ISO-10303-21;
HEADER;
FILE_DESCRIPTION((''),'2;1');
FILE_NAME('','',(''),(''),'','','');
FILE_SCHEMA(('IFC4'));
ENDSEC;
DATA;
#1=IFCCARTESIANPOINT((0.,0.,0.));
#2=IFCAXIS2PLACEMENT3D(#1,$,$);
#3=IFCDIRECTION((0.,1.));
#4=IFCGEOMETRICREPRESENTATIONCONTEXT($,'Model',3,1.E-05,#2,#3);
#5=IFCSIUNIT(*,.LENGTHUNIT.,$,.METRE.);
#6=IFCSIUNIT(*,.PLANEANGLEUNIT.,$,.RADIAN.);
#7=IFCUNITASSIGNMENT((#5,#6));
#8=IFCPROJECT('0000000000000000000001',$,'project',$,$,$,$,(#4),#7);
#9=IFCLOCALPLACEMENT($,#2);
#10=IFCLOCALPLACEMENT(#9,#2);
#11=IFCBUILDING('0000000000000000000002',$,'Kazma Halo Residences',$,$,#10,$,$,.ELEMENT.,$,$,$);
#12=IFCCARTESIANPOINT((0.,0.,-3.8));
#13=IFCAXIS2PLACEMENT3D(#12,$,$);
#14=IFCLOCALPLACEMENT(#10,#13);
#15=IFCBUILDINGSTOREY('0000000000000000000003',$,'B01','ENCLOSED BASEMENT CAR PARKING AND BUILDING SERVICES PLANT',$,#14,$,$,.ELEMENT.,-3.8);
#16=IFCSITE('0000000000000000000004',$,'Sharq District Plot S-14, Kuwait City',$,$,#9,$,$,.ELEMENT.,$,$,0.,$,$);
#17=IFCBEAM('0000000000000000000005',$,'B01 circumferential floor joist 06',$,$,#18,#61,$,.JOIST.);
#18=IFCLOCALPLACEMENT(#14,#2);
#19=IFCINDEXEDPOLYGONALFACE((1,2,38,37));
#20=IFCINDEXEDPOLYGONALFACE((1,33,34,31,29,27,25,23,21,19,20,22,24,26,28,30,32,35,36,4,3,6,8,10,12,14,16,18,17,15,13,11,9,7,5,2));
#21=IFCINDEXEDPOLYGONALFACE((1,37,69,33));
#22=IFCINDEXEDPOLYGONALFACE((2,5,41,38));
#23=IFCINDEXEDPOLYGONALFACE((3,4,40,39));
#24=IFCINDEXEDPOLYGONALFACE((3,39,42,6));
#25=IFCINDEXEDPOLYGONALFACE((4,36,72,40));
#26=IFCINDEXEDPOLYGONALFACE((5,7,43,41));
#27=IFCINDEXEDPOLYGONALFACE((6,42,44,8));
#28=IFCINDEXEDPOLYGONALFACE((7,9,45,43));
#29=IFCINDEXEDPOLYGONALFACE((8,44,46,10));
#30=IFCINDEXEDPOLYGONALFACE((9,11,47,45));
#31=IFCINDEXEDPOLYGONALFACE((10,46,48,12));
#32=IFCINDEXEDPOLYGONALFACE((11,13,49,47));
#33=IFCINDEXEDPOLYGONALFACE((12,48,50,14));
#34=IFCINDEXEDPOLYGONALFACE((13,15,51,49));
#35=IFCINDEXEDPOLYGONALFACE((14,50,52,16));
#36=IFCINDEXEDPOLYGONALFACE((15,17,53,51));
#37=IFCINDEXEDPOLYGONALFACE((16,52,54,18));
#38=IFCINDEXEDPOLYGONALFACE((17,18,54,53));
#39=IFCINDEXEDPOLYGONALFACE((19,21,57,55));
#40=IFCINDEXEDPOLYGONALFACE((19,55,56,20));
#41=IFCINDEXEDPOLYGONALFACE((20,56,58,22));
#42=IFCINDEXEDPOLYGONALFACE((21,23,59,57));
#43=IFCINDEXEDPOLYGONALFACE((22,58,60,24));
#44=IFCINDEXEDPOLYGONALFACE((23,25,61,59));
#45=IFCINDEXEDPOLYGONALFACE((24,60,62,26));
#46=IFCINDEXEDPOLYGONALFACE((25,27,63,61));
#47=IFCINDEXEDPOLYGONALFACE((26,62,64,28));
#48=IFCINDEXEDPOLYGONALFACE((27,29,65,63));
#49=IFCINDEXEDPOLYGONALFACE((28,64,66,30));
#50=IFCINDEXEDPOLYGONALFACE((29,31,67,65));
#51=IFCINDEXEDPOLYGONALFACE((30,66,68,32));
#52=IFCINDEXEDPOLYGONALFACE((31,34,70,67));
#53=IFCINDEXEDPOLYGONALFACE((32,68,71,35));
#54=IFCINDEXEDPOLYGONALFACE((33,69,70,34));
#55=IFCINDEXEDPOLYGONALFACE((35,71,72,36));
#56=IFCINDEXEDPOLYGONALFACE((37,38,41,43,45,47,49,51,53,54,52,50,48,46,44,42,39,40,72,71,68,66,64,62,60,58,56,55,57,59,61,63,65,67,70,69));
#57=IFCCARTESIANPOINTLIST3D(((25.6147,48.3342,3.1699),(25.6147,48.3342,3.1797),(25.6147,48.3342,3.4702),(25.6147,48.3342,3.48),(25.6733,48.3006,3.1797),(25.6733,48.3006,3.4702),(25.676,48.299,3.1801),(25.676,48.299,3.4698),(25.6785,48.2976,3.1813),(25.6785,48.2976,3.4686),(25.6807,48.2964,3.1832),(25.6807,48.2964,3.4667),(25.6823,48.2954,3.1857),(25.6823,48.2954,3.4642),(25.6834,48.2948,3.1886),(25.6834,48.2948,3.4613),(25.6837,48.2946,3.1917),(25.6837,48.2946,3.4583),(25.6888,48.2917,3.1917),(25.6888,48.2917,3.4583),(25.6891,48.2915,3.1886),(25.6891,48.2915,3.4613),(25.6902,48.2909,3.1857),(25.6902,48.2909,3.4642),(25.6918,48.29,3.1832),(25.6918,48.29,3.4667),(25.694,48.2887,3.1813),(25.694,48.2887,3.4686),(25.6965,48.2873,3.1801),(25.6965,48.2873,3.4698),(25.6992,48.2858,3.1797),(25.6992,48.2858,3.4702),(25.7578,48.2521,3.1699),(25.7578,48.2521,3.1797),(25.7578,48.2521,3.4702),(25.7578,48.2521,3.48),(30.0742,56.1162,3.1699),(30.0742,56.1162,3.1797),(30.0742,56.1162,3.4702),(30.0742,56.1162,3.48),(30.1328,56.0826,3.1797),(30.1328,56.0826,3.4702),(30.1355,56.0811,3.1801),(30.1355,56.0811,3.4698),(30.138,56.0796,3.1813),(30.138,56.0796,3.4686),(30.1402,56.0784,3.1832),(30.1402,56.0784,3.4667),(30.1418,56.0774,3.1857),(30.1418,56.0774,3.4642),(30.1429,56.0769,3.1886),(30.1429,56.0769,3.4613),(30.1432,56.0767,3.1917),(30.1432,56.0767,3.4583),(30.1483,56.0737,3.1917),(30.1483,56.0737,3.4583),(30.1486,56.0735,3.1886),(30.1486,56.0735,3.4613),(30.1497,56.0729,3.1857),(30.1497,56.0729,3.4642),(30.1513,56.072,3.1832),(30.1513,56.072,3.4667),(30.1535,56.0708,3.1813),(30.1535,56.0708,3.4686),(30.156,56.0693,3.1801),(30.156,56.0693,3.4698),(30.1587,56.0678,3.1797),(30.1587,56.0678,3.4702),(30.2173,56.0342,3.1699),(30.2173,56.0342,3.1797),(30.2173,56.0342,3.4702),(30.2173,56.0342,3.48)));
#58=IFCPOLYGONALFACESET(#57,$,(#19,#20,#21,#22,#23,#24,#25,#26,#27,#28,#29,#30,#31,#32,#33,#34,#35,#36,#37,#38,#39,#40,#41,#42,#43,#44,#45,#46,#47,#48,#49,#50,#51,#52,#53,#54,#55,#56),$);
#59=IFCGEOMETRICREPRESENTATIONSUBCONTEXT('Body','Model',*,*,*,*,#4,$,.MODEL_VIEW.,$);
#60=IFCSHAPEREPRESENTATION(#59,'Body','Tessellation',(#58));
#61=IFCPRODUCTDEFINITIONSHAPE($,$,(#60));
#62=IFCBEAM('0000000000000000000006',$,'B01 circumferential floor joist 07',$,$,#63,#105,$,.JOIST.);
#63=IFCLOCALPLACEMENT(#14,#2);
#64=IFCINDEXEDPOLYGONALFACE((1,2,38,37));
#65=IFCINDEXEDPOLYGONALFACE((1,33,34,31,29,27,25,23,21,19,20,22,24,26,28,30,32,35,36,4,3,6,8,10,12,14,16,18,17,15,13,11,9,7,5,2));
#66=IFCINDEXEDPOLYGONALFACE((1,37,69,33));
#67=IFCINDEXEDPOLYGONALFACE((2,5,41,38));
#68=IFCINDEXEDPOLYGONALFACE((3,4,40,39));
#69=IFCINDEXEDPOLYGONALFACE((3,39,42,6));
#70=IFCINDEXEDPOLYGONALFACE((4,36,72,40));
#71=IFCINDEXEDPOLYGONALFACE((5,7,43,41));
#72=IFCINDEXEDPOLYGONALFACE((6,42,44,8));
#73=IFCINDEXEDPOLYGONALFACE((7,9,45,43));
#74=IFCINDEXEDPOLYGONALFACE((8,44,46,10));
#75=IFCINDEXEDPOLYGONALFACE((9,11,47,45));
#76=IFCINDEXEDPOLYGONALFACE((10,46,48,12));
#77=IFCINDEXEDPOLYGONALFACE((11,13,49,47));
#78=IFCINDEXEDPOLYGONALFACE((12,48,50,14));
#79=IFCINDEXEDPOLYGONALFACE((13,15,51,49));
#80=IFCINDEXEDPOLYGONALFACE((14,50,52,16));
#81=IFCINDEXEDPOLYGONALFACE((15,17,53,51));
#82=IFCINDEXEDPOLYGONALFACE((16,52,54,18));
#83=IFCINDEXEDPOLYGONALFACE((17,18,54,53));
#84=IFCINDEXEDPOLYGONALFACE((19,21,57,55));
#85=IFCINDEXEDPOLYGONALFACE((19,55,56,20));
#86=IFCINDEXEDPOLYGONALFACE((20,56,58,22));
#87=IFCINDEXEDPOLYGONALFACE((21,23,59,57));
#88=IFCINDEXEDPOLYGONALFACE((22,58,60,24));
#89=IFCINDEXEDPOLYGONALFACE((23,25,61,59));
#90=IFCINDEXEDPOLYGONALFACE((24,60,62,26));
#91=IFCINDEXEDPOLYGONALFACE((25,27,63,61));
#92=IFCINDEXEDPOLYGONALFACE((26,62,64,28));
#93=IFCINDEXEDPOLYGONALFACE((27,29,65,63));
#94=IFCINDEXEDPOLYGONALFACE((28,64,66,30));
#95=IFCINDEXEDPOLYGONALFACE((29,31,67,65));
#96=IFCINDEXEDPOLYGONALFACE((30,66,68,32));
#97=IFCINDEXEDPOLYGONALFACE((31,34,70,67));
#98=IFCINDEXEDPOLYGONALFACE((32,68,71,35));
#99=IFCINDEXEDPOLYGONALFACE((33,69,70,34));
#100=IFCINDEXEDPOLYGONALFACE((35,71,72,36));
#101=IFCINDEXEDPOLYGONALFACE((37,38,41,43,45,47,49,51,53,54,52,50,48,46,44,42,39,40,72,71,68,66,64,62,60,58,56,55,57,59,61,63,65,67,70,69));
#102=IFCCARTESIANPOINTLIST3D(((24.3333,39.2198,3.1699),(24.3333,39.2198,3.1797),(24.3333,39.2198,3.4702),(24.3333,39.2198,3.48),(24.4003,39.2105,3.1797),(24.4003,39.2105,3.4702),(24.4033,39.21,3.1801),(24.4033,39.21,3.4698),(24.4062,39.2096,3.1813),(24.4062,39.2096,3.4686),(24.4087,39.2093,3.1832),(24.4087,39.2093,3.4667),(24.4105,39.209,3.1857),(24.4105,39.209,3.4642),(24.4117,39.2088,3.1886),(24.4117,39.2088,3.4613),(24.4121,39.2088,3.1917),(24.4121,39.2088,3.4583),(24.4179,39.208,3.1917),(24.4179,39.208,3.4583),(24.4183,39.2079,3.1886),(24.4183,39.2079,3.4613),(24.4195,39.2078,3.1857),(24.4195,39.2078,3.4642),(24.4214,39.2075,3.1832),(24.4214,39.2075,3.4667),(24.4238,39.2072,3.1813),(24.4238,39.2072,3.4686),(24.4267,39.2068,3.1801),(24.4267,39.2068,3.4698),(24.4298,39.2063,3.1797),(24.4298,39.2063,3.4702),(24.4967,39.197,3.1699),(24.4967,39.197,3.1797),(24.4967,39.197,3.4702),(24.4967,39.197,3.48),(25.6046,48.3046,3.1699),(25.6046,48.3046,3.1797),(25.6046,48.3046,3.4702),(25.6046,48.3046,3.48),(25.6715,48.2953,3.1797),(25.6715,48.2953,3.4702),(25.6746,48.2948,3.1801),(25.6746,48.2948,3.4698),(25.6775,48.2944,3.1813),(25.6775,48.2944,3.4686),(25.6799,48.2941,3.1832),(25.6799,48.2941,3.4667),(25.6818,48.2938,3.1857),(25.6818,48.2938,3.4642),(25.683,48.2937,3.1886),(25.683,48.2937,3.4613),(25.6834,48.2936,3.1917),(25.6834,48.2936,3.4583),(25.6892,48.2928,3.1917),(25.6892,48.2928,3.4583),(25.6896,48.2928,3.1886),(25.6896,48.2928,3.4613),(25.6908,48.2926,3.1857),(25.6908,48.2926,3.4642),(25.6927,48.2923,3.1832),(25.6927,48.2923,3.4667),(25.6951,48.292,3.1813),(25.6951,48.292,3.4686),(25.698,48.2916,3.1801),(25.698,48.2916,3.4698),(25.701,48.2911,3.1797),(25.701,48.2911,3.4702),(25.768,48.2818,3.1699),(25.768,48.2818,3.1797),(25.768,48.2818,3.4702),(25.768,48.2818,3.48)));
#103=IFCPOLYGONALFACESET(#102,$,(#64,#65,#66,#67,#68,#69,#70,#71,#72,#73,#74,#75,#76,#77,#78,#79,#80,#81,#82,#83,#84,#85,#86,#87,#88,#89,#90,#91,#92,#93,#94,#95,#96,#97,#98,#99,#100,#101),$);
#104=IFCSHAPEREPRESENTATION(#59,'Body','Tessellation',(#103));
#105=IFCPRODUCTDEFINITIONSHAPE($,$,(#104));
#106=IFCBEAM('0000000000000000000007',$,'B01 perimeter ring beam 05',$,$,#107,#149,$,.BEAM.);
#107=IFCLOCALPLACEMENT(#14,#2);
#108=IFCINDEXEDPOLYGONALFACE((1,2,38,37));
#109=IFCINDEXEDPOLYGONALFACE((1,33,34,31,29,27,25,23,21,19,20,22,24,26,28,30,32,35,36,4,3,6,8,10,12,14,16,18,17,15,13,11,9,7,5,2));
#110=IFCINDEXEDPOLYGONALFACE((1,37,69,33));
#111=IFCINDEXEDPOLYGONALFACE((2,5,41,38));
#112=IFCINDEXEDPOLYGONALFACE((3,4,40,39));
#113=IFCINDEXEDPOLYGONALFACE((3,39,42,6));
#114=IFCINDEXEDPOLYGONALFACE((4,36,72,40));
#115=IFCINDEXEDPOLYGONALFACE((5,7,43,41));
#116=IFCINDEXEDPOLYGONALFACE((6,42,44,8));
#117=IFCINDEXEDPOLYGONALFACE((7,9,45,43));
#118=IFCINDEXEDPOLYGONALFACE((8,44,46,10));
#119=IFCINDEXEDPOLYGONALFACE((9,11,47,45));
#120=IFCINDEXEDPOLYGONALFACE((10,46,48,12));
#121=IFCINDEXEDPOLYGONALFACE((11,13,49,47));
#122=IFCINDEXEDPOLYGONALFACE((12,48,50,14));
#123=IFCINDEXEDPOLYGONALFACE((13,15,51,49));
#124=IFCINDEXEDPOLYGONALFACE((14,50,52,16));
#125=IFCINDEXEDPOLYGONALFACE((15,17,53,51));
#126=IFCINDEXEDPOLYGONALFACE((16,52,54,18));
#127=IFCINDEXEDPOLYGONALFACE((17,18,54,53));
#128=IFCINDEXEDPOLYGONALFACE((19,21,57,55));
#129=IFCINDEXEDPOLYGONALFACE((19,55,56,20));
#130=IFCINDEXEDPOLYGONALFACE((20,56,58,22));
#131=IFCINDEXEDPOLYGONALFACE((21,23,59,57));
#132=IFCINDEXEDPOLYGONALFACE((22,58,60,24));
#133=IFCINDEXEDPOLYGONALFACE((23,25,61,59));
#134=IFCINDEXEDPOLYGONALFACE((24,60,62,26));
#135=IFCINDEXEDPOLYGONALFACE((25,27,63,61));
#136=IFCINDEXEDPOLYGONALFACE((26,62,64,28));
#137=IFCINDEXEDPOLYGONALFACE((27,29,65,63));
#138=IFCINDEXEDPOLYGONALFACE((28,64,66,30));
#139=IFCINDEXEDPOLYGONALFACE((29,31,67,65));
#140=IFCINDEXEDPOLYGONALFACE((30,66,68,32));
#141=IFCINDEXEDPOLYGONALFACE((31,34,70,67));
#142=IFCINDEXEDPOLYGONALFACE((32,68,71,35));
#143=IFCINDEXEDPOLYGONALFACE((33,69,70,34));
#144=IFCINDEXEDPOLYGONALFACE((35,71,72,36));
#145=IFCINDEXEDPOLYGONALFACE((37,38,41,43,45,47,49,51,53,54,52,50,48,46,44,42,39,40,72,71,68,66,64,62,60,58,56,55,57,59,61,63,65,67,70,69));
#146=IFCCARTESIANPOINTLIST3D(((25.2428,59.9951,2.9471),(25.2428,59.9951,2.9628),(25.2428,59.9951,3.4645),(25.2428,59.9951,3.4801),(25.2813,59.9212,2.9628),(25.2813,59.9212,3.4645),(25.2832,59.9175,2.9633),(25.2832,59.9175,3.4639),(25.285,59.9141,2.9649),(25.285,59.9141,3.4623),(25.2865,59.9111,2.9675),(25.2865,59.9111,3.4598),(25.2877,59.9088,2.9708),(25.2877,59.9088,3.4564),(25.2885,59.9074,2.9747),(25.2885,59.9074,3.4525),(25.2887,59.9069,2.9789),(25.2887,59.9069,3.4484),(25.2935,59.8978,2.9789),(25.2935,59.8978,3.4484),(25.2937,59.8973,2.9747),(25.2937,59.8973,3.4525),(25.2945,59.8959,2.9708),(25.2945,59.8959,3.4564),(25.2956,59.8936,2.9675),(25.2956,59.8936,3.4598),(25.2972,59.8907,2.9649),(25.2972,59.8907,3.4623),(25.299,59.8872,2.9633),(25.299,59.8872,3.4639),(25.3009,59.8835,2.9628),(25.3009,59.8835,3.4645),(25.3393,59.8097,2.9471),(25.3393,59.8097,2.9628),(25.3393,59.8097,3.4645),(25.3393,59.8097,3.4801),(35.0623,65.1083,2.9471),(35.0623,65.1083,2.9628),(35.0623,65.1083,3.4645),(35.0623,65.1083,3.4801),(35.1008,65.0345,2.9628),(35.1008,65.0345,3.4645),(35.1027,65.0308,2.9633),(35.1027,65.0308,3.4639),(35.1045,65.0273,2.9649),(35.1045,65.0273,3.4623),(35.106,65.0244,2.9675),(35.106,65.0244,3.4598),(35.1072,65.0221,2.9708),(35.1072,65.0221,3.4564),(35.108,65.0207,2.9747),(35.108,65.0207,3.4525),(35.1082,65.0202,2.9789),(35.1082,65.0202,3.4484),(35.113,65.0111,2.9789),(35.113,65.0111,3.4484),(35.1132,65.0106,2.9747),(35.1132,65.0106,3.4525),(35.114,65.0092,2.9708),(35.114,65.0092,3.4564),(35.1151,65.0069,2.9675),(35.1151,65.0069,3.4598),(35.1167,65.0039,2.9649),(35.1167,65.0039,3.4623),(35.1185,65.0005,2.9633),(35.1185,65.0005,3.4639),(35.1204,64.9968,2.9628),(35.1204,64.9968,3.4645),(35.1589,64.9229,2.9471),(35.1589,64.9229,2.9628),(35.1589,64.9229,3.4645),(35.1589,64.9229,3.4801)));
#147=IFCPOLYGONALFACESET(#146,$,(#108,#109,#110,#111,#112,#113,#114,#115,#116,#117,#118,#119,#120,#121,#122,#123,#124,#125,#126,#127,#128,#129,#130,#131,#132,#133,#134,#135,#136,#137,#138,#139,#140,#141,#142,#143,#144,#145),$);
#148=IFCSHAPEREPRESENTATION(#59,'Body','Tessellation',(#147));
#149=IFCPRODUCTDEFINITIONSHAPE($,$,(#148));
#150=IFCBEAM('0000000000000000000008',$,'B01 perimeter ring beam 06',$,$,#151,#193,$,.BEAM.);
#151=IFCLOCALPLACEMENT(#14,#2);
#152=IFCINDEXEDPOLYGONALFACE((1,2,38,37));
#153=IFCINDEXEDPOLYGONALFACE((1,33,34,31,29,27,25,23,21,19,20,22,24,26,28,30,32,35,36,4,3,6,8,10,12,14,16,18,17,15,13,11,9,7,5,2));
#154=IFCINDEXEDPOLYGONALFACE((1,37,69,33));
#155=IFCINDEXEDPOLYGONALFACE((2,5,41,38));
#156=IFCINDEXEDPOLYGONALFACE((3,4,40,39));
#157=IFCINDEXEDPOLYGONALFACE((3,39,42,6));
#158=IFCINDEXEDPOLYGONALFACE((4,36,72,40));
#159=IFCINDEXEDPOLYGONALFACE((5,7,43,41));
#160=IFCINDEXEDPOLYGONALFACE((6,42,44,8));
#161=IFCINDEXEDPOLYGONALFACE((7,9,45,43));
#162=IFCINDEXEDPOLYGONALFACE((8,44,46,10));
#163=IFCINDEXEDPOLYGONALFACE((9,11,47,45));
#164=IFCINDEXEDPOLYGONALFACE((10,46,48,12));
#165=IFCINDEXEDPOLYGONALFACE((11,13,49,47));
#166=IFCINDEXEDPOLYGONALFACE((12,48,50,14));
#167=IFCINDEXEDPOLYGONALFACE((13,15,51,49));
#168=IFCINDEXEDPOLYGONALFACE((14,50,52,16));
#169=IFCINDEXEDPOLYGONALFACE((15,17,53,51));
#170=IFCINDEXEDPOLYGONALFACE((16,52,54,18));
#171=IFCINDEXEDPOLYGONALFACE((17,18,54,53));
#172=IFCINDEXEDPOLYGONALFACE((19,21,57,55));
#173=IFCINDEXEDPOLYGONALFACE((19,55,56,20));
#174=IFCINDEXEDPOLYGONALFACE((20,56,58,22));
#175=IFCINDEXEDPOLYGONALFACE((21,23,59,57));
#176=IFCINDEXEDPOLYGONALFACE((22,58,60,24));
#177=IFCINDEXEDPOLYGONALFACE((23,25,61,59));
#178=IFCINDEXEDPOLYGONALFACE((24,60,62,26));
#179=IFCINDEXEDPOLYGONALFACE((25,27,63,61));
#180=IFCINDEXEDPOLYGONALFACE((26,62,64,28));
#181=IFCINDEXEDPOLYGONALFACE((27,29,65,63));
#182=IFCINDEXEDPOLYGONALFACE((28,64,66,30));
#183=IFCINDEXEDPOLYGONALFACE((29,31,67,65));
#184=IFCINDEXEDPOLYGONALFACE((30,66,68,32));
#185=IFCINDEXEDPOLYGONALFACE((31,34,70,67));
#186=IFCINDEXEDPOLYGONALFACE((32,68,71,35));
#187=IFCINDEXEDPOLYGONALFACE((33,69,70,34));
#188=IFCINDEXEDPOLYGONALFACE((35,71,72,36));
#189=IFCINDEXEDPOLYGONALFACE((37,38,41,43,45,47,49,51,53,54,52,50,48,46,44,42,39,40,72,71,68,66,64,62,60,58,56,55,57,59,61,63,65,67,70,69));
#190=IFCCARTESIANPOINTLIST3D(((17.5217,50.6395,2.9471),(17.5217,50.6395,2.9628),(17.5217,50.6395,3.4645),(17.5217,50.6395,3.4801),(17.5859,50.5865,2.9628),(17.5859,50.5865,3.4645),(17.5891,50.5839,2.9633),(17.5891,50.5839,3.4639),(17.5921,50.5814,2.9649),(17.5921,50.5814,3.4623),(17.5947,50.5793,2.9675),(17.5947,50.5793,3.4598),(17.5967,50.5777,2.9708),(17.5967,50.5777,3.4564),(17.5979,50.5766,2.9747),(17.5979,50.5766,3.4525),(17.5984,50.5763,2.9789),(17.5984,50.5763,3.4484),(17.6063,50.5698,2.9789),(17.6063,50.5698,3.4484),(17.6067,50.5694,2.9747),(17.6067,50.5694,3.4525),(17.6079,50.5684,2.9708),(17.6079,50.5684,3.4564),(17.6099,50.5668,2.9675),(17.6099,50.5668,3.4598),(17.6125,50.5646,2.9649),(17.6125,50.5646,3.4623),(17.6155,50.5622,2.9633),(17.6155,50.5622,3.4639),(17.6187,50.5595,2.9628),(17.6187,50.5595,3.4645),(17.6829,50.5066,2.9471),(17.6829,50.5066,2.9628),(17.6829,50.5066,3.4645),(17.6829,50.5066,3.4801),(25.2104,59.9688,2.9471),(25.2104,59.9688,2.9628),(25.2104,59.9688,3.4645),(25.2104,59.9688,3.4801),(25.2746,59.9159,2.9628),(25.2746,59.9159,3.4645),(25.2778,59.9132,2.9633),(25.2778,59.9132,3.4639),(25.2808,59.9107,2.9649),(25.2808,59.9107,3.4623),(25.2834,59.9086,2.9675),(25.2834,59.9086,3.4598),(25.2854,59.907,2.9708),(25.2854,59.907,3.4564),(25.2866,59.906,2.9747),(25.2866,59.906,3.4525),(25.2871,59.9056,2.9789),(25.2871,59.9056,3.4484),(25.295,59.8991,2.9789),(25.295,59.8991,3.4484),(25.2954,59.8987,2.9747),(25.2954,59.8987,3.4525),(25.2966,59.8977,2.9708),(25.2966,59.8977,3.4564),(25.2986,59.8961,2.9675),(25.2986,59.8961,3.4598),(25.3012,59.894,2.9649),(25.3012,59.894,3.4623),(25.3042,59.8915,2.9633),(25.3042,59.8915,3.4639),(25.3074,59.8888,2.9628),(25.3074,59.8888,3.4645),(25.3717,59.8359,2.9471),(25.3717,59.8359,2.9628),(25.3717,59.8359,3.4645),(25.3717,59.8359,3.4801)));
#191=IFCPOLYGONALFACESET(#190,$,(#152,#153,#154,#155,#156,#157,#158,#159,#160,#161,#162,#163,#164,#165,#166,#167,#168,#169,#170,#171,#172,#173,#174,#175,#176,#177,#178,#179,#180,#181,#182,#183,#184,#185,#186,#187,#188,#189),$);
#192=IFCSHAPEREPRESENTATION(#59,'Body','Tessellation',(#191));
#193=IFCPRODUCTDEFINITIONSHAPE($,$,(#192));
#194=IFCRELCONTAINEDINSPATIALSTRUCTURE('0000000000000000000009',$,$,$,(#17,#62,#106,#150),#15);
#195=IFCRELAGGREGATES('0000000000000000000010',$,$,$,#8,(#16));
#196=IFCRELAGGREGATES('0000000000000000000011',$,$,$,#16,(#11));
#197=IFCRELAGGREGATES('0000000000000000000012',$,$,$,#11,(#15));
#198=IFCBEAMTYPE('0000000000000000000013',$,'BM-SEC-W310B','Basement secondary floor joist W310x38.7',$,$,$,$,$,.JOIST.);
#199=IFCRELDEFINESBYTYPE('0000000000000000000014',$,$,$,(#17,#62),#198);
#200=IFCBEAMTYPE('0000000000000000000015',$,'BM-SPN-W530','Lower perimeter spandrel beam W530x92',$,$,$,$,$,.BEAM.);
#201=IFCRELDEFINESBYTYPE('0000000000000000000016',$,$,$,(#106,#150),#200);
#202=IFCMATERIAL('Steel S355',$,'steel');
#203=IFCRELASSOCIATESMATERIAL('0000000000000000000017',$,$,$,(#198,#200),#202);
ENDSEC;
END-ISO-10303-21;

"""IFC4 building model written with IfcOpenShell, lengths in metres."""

from ifc_helpers import new_model, si_unit, direction, frame, origin, origin_2d, place, context, subcontext, project, spatial, i_section, extrude, material, material_profile, profile_set, type_object, element, save


model = new_model("IFC4")

# Units and contexts
model_context = context("Model", 3, precision=1e-05, world=origin(), true_north=direction((0.0, 1.0)))
body_context = subcontext(model_context, "Body", "Model", "MODEL_VIEW")
ifc_project = project(units=[si_unit("LENGTHUNIT", "METRE"), si_unit("PLANEANGLEUNIT", "RADIAN")], contexts=[model_context])

# Site, building, storey
site_placement = place(None, origin())
site = spatial("IfcSite", under=ifc_project, at=site_placement, Name="Sharq District Plot S-14, Kuwait City", CompositionType="ELEMENT", RefElevation=0.0)
building_placement = place(site_placement, origin())
building = spatial("IfcBuilding", under=site, at=building_placement, Name="Kazma Halo Residences", CompositionType="ELEMENT")
storey_placement = place(building_placement, frame((0.0, 0.0, -3.8)))
storey = spatial("IfcBuildingStorey", under=building, at=storey_placement, Name="B01", Description="ENCLOSED BASEMENT CAR PARKING AND BUILDING SERVICES PLANT", CompositionType="ELEMENT", Elevation=-3.8)

# Beams
ifc_material_1 = material(Name="Steel S355", Category="steel")
ifc_material_profile_1 = material_profile(ifc_material_1, i_section(OverallWidth=0.165, OverallDepth=0.3101, WebThickness=0.0059, FlangeThickness=0.0098, FilletRadius=0.012, at=origin_2d()), Name="W310x38.7")
ifc_profile_set_1 = profile_set([ifc_material_profile_1], Name="Steel S355")
beam_type_1 = type_object("IfcBeamType", Name="BM-SEC-W310B", Description="Basement secondary floor joist W310x38.7", PredefinedType="JOIST", material=ifc_profile_set_1)
beam_1_placement = place(storey_placement, frame((30.1458, 56.0752, 3.325), z_axis=(-0.4972, -0.867636, 0.0), x_axis=(0.867636, -0.4972, 0.0)))
element("IfcBeam", 1, at=beam_1_placement, inside=storey, type_object=beam_type_1, Name="B01 circumferential floor joist 06", PredefinedType="JOIST", context=body_context, shape_type="SweptSolid", body=[
    extrude(i_section(OverallWidth=0.165, OverallDepth=0.3101, WebThickness=0.0059, FlangeThickness=0.0098, FilletRadius=0.012, at=origin_2d()), origin(), (0.0, 0.0, 1.0), 8.9692),
])
beam_2_placement = place(storey_placement, frame((25.6863, 48.2932, 3.325), z_axis=(-0.138582, -0.990351, 0.0), x_axis=(0.990351, -0.138582, 0.0)))
element("IfcBeam", 2, at=beam_2_placement, inside=storey, type_object=beam_type_1, Name="B01 circumferential floor joist 07", PredefinedType="JOIST", context=body_context, shape_type="SweptSolid", body=[
    extrude(i_section(OverallWidth=0.165, OverallDepth=0.3101, WebThickness=0.0059, FlangeThickness=0.0098, FilletRadius=0.012, at=origin_2d()), origin(), (0.0, 0.0, 1.0), 9.1733),
])
ifc_material_profile_2 = material_profile(ifc_material_1, i_section(OverallWidth=0.209, OverallDepth=0.533, WebThickness=0.0103, FlangeThickness=0.0156, FilletRadius=0.0161, at=origin_2d()), Name="W530x92")
ifc_profile_set_2 = profile_set([ifc_material_profile_2], Name="Steel S355")
beam_type_2 = type_object("IfcBeamType", Name="BM-SPN-W530", Description="Lower perimeter spandrel beam W530x92", PredefinedType="BEAM", material=ifc_profile_set_2)
beam_3_placement = place(storey_placement, frame((35.1106, 65.0156, 3.2136), z_axis=(-0.886954, -0.461857, 0.0), x_axis=(0.461857, -0.886954, 0.0)))
element("IfcBeam", 3, at=beam_3_placement, inside=storey, type_object=beam_type_2, Name="B01 perimeter ring beam 05", PredefinedType="BEAM", context=body_context, shape_type="SweptSolid", body=[
    extrude(i_section(OverallWidth=0.209, OverallDepth=0.533, WebThickness=0.0103, FlangeThickness=0.0156, FilletRadius=0.0161, at=origin_2d()), origin(), (0.0, 0.0, 1.0), 11.071),
])
beam_4_placement = place(storey_placement, frame((25.291, 59.9023, 3.2136), z_axis=(-0.63599, -0.771698, 0.0), x_axis=(0.771698, -0.63599, 0.0)))
element("IfcBeam", 4, at=beam_4_placement, inside=storey, type_object=beam_type_2, Name="B01 perimeter ring beam 06", PredefinedType="BEAM", context=body_context, shape_type="SweptSolid", body=[
    extrude(i_section(OverallWidth=0.209, OverallDepth=0.533, WebThickness=0.0103, FlangeThickness=0.0156, FilletRadius=0.0161, at=origin_2d()), origin(), (0.0, 0.0, 1.0), 12.0894),
])

save(model, "model.ifc")
